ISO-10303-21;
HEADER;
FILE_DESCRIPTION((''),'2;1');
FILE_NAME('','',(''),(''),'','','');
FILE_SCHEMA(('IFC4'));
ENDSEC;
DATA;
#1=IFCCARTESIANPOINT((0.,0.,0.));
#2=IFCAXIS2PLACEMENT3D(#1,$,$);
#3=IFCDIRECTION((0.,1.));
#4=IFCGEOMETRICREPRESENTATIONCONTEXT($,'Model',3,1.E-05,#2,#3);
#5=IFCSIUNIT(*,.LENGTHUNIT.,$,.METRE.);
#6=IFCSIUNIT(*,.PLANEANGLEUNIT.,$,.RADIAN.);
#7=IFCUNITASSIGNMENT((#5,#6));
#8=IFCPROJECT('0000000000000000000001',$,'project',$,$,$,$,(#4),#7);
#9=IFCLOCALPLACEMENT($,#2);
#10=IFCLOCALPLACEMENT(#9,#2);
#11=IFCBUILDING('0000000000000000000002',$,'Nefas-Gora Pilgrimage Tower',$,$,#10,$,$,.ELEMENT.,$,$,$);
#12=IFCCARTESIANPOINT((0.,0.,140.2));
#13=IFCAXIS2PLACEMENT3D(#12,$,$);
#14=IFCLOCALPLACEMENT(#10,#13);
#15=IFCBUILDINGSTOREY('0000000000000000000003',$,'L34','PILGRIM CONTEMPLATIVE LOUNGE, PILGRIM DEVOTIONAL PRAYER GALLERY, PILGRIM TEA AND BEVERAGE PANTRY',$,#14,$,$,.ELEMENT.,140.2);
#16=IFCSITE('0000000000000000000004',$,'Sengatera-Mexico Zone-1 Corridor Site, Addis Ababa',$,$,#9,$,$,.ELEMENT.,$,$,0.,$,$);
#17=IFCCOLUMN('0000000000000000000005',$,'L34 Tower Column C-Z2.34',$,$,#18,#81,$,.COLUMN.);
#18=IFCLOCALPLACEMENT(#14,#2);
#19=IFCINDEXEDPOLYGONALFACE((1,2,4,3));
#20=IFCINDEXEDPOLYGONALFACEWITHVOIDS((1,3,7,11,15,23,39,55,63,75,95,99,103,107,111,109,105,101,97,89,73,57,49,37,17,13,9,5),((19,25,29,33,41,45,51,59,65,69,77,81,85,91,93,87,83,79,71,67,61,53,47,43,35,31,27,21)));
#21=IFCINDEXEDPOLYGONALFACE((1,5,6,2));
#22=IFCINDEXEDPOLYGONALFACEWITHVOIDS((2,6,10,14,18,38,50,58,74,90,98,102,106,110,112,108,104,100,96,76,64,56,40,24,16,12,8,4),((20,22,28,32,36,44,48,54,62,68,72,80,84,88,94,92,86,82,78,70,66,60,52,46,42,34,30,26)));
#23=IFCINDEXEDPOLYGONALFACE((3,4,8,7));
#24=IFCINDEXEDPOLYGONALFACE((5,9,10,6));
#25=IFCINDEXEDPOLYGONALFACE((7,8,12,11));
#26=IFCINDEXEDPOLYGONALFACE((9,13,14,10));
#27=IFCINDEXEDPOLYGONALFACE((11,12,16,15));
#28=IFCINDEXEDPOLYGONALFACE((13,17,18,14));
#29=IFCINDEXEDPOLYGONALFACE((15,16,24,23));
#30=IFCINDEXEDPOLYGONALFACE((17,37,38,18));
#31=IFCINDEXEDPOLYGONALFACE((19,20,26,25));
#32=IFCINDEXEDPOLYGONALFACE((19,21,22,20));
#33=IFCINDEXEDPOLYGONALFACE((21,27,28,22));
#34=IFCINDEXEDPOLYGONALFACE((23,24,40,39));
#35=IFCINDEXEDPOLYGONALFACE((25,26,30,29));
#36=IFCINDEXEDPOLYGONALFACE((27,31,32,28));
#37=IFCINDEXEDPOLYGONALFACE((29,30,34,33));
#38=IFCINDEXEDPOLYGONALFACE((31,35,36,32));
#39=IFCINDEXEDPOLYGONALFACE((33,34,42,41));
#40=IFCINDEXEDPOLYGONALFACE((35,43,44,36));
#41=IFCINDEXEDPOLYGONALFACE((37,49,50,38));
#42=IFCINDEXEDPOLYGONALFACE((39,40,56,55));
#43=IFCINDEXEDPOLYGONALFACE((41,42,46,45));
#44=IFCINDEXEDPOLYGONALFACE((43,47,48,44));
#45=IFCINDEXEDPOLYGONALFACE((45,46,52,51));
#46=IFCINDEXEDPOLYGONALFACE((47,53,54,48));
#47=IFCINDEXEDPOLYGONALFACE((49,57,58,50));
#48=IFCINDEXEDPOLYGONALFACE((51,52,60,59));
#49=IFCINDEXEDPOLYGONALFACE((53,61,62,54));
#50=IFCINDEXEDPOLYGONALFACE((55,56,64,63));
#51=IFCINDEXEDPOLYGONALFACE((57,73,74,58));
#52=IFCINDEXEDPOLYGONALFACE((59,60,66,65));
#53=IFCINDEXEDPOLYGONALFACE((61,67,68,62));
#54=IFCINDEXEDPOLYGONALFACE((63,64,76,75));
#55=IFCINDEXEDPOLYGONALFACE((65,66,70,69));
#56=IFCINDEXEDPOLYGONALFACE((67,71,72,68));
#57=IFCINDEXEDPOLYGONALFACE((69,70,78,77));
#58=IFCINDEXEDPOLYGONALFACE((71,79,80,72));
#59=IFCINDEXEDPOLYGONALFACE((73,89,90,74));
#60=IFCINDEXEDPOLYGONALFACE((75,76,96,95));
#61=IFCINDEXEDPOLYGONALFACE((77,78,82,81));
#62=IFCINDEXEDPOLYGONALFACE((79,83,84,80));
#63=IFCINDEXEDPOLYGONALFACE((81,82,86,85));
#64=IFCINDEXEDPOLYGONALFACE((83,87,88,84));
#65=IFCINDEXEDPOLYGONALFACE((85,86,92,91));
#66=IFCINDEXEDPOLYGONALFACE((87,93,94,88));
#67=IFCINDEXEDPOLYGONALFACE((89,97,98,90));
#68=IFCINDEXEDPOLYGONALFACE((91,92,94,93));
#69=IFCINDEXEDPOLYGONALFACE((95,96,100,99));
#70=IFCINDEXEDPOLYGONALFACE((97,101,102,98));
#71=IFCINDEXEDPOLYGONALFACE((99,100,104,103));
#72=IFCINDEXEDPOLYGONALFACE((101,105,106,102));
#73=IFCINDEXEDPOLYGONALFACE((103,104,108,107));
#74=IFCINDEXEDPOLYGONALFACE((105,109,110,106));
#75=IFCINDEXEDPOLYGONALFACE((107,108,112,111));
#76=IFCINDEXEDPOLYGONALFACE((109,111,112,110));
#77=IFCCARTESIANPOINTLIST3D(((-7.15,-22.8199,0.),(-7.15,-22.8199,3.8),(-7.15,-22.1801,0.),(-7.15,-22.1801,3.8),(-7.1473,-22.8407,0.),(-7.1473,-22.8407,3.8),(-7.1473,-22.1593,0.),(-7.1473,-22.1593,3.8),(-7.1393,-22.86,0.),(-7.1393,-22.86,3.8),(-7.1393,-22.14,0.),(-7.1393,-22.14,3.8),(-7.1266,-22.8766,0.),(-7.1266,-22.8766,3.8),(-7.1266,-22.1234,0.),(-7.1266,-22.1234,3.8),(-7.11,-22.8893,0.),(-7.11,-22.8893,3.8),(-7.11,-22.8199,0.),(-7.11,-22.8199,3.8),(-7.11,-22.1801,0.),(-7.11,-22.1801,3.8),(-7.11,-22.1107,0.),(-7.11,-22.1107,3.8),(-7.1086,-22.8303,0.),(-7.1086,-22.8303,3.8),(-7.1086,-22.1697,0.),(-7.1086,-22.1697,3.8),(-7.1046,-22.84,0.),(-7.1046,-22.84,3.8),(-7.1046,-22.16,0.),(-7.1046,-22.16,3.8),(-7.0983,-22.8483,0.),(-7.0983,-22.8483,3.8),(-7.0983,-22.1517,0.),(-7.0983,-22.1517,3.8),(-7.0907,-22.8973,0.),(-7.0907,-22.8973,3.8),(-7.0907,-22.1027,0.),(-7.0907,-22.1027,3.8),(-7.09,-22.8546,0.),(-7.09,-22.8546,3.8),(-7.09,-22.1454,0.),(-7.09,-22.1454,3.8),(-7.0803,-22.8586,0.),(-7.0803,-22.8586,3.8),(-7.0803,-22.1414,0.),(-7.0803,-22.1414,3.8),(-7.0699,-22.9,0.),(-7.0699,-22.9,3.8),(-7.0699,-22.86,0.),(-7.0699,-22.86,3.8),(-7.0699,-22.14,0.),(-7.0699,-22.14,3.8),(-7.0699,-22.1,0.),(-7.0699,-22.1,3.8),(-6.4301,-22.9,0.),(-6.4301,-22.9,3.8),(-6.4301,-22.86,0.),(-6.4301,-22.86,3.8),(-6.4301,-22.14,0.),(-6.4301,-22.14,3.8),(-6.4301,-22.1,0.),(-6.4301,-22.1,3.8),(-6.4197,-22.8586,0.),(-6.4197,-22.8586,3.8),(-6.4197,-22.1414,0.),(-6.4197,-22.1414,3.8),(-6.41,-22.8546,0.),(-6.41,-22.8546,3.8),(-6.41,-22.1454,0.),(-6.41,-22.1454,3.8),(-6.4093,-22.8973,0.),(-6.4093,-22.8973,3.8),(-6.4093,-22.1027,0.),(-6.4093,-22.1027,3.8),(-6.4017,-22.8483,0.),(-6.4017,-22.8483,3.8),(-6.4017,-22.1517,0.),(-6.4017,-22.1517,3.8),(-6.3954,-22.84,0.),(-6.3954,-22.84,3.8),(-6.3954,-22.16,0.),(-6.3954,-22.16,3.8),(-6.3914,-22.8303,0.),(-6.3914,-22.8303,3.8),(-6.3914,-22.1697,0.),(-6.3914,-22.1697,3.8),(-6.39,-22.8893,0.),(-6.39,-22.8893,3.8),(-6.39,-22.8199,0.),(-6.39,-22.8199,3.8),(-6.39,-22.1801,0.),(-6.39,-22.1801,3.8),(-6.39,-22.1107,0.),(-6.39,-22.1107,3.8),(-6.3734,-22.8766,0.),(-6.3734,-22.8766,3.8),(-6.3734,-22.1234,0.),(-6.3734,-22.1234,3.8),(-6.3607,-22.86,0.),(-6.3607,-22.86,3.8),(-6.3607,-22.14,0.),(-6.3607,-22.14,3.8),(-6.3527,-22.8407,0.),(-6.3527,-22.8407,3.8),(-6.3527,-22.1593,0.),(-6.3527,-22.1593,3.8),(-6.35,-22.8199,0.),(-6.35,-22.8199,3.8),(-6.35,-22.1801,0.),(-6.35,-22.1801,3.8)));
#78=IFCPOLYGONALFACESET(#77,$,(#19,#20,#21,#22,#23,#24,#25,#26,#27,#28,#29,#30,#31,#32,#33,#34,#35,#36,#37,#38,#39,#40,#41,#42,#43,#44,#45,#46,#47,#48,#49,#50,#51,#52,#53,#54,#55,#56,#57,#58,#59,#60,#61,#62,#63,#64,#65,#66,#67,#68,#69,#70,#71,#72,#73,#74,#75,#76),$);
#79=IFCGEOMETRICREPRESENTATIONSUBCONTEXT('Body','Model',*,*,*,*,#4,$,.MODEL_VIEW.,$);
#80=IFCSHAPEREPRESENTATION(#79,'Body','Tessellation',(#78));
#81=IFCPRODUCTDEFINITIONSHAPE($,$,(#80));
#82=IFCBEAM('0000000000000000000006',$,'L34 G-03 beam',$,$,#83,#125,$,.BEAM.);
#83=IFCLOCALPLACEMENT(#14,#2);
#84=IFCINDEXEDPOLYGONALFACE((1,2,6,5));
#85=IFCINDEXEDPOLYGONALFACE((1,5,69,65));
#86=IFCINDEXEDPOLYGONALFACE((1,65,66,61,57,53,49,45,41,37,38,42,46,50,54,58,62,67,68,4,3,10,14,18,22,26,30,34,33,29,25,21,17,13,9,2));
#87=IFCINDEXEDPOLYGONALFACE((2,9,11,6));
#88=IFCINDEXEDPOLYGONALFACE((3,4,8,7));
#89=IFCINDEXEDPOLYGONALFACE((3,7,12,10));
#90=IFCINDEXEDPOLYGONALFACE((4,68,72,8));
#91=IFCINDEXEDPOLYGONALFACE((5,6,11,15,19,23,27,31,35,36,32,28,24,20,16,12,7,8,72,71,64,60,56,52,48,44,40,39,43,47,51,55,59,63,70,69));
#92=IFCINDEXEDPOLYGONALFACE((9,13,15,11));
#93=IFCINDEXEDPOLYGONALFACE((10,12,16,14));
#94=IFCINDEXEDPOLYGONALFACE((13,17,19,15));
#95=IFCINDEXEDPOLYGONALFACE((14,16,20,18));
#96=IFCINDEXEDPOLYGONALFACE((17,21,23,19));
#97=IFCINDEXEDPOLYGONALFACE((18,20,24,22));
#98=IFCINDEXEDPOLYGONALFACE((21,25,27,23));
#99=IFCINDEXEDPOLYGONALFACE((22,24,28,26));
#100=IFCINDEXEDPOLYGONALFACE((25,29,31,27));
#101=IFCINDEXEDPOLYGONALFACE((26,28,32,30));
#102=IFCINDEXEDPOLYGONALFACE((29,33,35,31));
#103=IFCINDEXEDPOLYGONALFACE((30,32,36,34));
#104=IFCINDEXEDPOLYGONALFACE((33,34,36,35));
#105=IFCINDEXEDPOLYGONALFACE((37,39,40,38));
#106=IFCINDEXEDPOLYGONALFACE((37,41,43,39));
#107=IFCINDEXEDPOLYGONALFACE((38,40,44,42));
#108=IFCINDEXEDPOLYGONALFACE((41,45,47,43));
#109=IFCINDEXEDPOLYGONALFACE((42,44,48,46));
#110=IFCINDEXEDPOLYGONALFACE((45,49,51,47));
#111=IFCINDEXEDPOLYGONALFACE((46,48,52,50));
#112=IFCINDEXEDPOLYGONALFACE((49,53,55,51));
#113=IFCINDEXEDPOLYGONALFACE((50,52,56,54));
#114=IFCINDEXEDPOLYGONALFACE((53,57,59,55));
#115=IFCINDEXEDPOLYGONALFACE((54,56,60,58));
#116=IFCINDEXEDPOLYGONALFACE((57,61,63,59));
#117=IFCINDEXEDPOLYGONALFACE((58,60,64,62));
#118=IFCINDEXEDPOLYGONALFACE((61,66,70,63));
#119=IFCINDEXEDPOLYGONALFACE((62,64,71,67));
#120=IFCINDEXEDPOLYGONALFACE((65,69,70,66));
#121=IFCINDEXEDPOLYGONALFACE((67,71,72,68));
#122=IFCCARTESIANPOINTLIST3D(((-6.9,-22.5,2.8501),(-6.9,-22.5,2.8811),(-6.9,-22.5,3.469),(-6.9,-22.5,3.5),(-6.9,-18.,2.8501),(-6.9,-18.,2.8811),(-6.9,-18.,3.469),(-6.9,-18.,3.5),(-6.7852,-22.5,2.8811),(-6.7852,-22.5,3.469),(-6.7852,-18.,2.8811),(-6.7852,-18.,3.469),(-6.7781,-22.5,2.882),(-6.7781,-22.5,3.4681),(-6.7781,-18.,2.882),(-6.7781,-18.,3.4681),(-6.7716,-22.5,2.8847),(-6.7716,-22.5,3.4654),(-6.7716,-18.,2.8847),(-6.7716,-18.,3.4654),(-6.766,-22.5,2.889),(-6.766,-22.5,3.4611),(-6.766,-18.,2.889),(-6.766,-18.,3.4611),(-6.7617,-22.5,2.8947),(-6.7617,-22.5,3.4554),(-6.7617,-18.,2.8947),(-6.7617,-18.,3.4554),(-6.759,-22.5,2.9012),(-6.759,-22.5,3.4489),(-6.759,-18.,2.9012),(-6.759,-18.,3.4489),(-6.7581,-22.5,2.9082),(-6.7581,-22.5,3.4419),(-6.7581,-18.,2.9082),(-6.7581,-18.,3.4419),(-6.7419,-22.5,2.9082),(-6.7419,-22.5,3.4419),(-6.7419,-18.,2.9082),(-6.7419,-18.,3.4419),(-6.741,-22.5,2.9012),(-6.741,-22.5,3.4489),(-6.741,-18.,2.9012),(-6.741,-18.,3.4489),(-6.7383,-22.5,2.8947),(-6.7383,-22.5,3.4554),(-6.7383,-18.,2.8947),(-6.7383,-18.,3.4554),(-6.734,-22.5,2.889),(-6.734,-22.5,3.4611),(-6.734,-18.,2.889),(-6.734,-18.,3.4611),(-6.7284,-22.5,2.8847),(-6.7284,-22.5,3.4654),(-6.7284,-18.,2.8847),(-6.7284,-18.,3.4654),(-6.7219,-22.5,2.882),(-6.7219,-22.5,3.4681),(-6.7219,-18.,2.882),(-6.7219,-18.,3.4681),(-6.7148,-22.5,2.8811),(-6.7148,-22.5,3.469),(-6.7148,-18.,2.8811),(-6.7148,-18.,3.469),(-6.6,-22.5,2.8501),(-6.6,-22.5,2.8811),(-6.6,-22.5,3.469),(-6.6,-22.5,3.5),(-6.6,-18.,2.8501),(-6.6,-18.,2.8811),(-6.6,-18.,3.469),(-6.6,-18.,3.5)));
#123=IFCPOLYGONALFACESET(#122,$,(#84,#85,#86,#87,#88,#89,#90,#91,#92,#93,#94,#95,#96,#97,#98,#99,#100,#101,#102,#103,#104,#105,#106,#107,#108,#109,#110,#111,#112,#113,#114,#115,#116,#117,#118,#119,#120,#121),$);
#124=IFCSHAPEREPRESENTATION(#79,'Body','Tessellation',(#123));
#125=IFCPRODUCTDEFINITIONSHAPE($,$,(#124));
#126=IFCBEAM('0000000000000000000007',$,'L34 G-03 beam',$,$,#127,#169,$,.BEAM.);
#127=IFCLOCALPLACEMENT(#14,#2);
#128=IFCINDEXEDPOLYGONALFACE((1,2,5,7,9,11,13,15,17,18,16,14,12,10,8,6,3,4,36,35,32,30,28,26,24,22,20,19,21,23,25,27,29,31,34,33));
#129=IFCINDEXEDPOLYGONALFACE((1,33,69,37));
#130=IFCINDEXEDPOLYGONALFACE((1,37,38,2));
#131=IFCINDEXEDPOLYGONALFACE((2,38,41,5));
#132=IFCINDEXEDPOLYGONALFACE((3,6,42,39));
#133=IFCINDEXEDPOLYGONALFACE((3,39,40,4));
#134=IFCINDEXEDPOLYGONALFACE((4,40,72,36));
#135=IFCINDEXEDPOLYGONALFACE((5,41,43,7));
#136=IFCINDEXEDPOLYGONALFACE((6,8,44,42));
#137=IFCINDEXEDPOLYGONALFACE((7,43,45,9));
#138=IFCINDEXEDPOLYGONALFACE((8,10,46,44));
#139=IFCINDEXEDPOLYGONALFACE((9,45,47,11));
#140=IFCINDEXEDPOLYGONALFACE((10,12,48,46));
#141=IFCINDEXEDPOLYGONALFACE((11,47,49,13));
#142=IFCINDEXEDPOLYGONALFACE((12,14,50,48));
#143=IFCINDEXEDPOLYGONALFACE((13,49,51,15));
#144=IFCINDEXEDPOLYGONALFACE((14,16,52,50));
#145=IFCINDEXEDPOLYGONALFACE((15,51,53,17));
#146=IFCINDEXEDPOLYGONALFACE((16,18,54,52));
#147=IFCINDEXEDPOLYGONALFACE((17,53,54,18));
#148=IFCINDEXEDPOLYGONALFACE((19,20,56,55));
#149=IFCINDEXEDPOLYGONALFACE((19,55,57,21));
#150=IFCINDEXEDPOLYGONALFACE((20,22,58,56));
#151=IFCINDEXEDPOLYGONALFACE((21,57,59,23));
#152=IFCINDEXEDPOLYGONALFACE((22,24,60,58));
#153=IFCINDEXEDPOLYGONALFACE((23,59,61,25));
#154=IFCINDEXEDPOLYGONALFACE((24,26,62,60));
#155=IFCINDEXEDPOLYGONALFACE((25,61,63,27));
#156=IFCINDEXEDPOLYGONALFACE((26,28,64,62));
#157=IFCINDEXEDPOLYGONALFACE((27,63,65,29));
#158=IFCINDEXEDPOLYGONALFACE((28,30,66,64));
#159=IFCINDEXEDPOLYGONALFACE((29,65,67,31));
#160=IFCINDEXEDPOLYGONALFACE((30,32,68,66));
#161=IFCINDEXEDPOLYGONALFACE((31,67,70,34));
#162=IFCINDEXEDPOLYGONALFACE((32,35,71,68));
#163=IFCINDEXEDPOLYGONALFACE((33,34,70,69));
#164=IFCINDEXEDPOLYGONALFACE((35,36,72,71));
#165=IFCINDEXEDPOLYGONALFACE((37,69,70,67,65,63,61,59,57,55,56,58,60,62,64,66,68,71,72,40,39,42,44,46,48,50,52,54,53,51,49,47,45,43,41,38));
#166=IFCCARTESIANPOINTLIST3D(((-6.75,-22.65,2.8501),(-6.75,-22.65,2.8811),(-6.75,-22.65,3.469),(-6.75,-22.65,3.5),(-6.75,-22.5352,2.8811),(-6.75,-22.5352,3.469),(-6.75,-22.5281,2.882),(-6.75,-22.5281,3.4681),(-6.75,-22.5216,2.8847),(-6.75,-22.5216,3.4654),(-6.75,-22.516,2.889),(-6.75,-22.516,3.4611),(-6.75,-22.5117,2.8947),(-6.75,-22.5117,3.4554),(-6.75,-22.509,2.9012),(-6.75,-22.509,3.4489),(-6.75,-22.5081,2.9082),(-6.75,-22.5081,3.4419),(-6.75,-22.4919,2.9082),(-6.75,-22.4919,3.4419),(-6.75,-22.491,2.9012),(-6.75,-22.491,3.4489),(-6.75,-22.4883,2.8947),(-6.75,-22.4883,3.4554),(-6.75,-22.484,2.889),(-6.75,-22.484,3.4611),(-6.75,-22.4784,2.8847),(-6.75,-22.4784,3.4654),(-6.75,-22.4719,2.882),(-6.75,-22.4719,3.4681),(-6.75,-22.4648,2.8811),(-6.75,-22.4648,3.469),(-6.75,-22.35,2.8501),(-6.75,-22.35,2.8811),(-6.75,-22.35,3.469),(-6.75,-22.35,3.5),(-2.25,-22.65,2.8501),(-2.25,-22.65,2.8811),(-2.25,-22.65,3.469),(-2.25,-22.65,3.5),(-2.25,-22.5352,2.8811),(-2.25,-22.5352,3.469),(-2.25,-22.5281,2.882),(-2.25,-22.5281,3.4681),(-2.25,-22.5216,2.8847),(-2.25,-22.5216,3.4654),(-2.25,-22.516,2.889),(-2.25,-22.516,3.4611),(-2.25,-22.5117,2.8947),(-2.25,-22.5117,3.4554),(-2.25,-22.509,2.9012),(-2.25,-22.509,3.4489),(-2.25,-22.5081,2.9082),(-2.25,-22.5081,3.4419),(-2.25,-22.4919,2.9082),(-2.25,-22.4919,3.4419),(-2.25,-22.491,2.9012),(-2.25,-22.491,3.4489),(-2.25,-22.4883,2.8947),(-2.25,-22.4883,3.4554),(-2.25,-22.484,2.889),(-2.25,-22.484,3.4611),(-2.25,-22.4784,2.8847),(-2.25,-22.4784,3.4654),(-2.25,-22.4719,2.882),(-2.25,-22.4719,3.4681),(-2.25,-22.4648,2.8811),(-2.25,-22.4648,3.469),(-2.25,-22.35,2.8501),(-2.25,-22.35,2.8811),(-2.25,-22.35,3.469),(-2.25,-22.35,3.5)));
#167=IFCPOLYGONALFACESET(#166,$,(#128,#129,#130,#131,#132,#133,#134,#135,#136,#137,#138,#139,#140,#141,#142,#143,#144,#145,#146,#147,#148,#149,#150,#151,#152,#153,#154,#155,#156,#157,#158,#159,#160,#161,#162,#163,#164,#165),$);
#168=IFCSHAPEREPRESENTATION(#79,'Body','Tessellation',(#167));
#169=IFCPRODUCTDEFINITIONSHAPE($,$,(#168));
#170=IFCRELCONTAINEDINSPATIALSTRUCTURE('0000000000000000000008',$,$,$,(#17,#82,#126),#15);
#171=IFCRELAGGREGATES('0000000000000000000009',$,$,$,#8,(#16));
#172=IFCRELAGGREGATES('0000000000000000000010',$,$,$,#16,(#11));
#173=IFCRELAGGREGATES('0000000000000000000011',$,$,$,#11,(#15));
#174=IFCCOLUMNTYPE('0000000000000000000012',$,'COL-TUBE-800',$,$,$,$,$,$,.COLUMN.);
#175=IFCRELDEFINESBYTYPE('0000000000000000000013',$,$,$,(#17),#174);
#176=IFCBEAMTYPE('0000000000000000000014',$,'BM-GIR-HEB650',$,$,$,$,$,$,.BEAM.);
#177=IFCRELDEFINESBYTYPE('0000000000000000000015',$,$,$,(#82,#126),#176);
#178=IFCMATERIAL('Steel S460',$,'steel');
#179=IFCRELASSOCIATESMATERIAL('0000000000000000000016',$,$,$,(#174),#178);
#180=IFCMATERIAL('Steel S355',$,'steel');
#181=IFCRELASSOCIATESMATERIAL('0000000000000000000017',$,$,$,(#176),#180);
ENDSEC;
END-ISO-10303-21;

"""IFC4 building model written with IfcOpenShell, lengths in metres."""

from ifc_helpers import new_model, si_unit, direction, frame, origin, origin_2d, place, context, subcontext, project, spatial, hollow_rectangle, i_section, extrude, source, transform, mapped, material, material_profile, profile_set, type_object, element, save


model = new_model("IFC4")

# Units and contexts
model_context = context("Model", 3, precision=1e-05, world=origin(), true_north=direction((0.0, 1.0)))
body_context = subcontext(model_context, "Body", "Model", "MODEL_VIEW")
ifc_project = project(units=[si_unit("LENGTHUNIT", "METRE"), si_unit("PLANEANGLEUNIT", "RADIAN")], contexts=[model_context])

# Site, building, storey
site_placement = place(None, origin())
site = spatial("IfcSite", under=ifc_project, at=site_placement, Name="Sengatera-Mexico Zone-1 Corridor Site, Addis Ababa", CompositionType="ELEMENT", RefElevation=0.0)
building_placement = place(site_placement, origin())
building = spatial("IfcBuilding", under=site, at=building_placement, Name="Nefas-Gora Pilgrimage Tower", CompositionType="ELEMENT")
storey_placement = place(building_placement, frame((0.0, 0.0, 140.2)))
storey = spatial("IfcBuildingStorey", under=building, at=storey_placement, Name="L34", Description="PILGRIM CONTEMPLATIVE LOUNGE, PILGRIM DEVOTIONAL PRAYER GALLERY, PILGRIM TEA AND BEVERAGE PANTRY", CompositionType="ELEMENT", Elevation=140.2)

# Column
ifc_material_1 = material(Name="Steel S460", Category="steel")
ifc_material_profile_1 = material_profile(ifc_material_1, hollow_rectangle(XDim=0.8, YDim=0.8, WallThickness=0.04, InnerFilletRadius=0.04, OuterFilletRadius=0.0801, at=origin_2d()), Name="BOX 800x800x40")
ifc_profile_set_1 = profile_set([ifc_material_profile_1], Name="Steel S460")
column_type_1 = type_object("IfcColumnType", Name="COL-TUBE-800", PredefinedType="COLUMN", material=ifc_profile_set_1)
shared_shape_1 = source(origin(), body_context, "Body", "SweptSolid", [
    extrude(hollow_rectangle(XDim=0.8, YDim=0.8, WallThickness=0.04, InnerFilletRadius=0.04, OuterFilletRadius=0.0801, at=origin_2d()), origin(), (0.0, 0.0, 1.0), 3.8),
])
column_placement = place(storey_placement, frame((-6.75, -22.5, 0.0), z_axis=(0.0, 0.0, 1.0), x_axis=(1.0, 0.0, 0.0)))
element("IfcColumn", 1, at=column_placement, inside=storey, type_object=column_type_1, Name="L34 Tower Column C-Z2.34", PredefinedType="COLUMN", context=body_context, shape_type="MappedRepresentation", body=[
    mapped(shared_shape_1, transform((0.0, 0.0, 0.0), x_axis=(1.0, 0.0, 0.0), y_axis=(0.0, 1.0, 0.0), z_axis=(0.0, 0.0, 1.0), scale=1.0)),
])

# Beams
ifc_material_2 = material(Name="Steel S355", Category="steel")
ifc_material_profile_2 = material_profile(ifc_material_2, i_section(OverallWidth=0.3, OverallDepth=0.6499, WebThickness=0.0161, FlangeThickness=0.031, FilletRadius=0.0271, at=origin_2d()), Name="HEB 650")
ifc_profile_set_2 = profile_set([ifc_material_profile_2], Name="Steel S355")
beam_type = type_object("IfcBeamType", Name="BM-GIR-HEB650", PredefinedType="BEAM", material=ifc_profile_set_2)
shared_shape_2 = source(origin(), body_context, "Body", "SweptSolid", [
    extrude(i_section(OverallWidth=0.3, OverallDepth=0.6499, WebThickness=0.0161, FlangeThickness=0.031, FilletRadius=0.0271, at=origin_2d()), origin(), (0.0, 0.0, 1.0), 4.5),
])
for number, where, z_axis, x_axis, name in (
    (2, (-6.75, -22.5, 3.175), (0.0, 1.0, 0.0), (-1.0, 0.0, 0.0), "L34 G-03 beam"),
    (3, (-6.75, -22.5, 3.175), (1.0, 0.0, 0.0), (0.0, 1.0, 0.0), "L34 G-03 beam"),
):
    element("IfcBeam", number, at=place(storey_placement, frame(where, z_axis=z_axis, x_axis=x_axis)), inside=storey, type_object=beam_type, Name=name, PredefinedType="BEAM", context=body_context, shape_type="MappedRepresentation", body=[
        mapped(shared_shape_2, transform((0.0, 0.0, 0.0), x_axis=(1.0, 0.0, 0.0), y_axis=(0.0, 1.0, 0.0), z_axis=(0.0, 0.0, 1.0), scale=1.0)),
    ])

save(model, "model.ifc")
